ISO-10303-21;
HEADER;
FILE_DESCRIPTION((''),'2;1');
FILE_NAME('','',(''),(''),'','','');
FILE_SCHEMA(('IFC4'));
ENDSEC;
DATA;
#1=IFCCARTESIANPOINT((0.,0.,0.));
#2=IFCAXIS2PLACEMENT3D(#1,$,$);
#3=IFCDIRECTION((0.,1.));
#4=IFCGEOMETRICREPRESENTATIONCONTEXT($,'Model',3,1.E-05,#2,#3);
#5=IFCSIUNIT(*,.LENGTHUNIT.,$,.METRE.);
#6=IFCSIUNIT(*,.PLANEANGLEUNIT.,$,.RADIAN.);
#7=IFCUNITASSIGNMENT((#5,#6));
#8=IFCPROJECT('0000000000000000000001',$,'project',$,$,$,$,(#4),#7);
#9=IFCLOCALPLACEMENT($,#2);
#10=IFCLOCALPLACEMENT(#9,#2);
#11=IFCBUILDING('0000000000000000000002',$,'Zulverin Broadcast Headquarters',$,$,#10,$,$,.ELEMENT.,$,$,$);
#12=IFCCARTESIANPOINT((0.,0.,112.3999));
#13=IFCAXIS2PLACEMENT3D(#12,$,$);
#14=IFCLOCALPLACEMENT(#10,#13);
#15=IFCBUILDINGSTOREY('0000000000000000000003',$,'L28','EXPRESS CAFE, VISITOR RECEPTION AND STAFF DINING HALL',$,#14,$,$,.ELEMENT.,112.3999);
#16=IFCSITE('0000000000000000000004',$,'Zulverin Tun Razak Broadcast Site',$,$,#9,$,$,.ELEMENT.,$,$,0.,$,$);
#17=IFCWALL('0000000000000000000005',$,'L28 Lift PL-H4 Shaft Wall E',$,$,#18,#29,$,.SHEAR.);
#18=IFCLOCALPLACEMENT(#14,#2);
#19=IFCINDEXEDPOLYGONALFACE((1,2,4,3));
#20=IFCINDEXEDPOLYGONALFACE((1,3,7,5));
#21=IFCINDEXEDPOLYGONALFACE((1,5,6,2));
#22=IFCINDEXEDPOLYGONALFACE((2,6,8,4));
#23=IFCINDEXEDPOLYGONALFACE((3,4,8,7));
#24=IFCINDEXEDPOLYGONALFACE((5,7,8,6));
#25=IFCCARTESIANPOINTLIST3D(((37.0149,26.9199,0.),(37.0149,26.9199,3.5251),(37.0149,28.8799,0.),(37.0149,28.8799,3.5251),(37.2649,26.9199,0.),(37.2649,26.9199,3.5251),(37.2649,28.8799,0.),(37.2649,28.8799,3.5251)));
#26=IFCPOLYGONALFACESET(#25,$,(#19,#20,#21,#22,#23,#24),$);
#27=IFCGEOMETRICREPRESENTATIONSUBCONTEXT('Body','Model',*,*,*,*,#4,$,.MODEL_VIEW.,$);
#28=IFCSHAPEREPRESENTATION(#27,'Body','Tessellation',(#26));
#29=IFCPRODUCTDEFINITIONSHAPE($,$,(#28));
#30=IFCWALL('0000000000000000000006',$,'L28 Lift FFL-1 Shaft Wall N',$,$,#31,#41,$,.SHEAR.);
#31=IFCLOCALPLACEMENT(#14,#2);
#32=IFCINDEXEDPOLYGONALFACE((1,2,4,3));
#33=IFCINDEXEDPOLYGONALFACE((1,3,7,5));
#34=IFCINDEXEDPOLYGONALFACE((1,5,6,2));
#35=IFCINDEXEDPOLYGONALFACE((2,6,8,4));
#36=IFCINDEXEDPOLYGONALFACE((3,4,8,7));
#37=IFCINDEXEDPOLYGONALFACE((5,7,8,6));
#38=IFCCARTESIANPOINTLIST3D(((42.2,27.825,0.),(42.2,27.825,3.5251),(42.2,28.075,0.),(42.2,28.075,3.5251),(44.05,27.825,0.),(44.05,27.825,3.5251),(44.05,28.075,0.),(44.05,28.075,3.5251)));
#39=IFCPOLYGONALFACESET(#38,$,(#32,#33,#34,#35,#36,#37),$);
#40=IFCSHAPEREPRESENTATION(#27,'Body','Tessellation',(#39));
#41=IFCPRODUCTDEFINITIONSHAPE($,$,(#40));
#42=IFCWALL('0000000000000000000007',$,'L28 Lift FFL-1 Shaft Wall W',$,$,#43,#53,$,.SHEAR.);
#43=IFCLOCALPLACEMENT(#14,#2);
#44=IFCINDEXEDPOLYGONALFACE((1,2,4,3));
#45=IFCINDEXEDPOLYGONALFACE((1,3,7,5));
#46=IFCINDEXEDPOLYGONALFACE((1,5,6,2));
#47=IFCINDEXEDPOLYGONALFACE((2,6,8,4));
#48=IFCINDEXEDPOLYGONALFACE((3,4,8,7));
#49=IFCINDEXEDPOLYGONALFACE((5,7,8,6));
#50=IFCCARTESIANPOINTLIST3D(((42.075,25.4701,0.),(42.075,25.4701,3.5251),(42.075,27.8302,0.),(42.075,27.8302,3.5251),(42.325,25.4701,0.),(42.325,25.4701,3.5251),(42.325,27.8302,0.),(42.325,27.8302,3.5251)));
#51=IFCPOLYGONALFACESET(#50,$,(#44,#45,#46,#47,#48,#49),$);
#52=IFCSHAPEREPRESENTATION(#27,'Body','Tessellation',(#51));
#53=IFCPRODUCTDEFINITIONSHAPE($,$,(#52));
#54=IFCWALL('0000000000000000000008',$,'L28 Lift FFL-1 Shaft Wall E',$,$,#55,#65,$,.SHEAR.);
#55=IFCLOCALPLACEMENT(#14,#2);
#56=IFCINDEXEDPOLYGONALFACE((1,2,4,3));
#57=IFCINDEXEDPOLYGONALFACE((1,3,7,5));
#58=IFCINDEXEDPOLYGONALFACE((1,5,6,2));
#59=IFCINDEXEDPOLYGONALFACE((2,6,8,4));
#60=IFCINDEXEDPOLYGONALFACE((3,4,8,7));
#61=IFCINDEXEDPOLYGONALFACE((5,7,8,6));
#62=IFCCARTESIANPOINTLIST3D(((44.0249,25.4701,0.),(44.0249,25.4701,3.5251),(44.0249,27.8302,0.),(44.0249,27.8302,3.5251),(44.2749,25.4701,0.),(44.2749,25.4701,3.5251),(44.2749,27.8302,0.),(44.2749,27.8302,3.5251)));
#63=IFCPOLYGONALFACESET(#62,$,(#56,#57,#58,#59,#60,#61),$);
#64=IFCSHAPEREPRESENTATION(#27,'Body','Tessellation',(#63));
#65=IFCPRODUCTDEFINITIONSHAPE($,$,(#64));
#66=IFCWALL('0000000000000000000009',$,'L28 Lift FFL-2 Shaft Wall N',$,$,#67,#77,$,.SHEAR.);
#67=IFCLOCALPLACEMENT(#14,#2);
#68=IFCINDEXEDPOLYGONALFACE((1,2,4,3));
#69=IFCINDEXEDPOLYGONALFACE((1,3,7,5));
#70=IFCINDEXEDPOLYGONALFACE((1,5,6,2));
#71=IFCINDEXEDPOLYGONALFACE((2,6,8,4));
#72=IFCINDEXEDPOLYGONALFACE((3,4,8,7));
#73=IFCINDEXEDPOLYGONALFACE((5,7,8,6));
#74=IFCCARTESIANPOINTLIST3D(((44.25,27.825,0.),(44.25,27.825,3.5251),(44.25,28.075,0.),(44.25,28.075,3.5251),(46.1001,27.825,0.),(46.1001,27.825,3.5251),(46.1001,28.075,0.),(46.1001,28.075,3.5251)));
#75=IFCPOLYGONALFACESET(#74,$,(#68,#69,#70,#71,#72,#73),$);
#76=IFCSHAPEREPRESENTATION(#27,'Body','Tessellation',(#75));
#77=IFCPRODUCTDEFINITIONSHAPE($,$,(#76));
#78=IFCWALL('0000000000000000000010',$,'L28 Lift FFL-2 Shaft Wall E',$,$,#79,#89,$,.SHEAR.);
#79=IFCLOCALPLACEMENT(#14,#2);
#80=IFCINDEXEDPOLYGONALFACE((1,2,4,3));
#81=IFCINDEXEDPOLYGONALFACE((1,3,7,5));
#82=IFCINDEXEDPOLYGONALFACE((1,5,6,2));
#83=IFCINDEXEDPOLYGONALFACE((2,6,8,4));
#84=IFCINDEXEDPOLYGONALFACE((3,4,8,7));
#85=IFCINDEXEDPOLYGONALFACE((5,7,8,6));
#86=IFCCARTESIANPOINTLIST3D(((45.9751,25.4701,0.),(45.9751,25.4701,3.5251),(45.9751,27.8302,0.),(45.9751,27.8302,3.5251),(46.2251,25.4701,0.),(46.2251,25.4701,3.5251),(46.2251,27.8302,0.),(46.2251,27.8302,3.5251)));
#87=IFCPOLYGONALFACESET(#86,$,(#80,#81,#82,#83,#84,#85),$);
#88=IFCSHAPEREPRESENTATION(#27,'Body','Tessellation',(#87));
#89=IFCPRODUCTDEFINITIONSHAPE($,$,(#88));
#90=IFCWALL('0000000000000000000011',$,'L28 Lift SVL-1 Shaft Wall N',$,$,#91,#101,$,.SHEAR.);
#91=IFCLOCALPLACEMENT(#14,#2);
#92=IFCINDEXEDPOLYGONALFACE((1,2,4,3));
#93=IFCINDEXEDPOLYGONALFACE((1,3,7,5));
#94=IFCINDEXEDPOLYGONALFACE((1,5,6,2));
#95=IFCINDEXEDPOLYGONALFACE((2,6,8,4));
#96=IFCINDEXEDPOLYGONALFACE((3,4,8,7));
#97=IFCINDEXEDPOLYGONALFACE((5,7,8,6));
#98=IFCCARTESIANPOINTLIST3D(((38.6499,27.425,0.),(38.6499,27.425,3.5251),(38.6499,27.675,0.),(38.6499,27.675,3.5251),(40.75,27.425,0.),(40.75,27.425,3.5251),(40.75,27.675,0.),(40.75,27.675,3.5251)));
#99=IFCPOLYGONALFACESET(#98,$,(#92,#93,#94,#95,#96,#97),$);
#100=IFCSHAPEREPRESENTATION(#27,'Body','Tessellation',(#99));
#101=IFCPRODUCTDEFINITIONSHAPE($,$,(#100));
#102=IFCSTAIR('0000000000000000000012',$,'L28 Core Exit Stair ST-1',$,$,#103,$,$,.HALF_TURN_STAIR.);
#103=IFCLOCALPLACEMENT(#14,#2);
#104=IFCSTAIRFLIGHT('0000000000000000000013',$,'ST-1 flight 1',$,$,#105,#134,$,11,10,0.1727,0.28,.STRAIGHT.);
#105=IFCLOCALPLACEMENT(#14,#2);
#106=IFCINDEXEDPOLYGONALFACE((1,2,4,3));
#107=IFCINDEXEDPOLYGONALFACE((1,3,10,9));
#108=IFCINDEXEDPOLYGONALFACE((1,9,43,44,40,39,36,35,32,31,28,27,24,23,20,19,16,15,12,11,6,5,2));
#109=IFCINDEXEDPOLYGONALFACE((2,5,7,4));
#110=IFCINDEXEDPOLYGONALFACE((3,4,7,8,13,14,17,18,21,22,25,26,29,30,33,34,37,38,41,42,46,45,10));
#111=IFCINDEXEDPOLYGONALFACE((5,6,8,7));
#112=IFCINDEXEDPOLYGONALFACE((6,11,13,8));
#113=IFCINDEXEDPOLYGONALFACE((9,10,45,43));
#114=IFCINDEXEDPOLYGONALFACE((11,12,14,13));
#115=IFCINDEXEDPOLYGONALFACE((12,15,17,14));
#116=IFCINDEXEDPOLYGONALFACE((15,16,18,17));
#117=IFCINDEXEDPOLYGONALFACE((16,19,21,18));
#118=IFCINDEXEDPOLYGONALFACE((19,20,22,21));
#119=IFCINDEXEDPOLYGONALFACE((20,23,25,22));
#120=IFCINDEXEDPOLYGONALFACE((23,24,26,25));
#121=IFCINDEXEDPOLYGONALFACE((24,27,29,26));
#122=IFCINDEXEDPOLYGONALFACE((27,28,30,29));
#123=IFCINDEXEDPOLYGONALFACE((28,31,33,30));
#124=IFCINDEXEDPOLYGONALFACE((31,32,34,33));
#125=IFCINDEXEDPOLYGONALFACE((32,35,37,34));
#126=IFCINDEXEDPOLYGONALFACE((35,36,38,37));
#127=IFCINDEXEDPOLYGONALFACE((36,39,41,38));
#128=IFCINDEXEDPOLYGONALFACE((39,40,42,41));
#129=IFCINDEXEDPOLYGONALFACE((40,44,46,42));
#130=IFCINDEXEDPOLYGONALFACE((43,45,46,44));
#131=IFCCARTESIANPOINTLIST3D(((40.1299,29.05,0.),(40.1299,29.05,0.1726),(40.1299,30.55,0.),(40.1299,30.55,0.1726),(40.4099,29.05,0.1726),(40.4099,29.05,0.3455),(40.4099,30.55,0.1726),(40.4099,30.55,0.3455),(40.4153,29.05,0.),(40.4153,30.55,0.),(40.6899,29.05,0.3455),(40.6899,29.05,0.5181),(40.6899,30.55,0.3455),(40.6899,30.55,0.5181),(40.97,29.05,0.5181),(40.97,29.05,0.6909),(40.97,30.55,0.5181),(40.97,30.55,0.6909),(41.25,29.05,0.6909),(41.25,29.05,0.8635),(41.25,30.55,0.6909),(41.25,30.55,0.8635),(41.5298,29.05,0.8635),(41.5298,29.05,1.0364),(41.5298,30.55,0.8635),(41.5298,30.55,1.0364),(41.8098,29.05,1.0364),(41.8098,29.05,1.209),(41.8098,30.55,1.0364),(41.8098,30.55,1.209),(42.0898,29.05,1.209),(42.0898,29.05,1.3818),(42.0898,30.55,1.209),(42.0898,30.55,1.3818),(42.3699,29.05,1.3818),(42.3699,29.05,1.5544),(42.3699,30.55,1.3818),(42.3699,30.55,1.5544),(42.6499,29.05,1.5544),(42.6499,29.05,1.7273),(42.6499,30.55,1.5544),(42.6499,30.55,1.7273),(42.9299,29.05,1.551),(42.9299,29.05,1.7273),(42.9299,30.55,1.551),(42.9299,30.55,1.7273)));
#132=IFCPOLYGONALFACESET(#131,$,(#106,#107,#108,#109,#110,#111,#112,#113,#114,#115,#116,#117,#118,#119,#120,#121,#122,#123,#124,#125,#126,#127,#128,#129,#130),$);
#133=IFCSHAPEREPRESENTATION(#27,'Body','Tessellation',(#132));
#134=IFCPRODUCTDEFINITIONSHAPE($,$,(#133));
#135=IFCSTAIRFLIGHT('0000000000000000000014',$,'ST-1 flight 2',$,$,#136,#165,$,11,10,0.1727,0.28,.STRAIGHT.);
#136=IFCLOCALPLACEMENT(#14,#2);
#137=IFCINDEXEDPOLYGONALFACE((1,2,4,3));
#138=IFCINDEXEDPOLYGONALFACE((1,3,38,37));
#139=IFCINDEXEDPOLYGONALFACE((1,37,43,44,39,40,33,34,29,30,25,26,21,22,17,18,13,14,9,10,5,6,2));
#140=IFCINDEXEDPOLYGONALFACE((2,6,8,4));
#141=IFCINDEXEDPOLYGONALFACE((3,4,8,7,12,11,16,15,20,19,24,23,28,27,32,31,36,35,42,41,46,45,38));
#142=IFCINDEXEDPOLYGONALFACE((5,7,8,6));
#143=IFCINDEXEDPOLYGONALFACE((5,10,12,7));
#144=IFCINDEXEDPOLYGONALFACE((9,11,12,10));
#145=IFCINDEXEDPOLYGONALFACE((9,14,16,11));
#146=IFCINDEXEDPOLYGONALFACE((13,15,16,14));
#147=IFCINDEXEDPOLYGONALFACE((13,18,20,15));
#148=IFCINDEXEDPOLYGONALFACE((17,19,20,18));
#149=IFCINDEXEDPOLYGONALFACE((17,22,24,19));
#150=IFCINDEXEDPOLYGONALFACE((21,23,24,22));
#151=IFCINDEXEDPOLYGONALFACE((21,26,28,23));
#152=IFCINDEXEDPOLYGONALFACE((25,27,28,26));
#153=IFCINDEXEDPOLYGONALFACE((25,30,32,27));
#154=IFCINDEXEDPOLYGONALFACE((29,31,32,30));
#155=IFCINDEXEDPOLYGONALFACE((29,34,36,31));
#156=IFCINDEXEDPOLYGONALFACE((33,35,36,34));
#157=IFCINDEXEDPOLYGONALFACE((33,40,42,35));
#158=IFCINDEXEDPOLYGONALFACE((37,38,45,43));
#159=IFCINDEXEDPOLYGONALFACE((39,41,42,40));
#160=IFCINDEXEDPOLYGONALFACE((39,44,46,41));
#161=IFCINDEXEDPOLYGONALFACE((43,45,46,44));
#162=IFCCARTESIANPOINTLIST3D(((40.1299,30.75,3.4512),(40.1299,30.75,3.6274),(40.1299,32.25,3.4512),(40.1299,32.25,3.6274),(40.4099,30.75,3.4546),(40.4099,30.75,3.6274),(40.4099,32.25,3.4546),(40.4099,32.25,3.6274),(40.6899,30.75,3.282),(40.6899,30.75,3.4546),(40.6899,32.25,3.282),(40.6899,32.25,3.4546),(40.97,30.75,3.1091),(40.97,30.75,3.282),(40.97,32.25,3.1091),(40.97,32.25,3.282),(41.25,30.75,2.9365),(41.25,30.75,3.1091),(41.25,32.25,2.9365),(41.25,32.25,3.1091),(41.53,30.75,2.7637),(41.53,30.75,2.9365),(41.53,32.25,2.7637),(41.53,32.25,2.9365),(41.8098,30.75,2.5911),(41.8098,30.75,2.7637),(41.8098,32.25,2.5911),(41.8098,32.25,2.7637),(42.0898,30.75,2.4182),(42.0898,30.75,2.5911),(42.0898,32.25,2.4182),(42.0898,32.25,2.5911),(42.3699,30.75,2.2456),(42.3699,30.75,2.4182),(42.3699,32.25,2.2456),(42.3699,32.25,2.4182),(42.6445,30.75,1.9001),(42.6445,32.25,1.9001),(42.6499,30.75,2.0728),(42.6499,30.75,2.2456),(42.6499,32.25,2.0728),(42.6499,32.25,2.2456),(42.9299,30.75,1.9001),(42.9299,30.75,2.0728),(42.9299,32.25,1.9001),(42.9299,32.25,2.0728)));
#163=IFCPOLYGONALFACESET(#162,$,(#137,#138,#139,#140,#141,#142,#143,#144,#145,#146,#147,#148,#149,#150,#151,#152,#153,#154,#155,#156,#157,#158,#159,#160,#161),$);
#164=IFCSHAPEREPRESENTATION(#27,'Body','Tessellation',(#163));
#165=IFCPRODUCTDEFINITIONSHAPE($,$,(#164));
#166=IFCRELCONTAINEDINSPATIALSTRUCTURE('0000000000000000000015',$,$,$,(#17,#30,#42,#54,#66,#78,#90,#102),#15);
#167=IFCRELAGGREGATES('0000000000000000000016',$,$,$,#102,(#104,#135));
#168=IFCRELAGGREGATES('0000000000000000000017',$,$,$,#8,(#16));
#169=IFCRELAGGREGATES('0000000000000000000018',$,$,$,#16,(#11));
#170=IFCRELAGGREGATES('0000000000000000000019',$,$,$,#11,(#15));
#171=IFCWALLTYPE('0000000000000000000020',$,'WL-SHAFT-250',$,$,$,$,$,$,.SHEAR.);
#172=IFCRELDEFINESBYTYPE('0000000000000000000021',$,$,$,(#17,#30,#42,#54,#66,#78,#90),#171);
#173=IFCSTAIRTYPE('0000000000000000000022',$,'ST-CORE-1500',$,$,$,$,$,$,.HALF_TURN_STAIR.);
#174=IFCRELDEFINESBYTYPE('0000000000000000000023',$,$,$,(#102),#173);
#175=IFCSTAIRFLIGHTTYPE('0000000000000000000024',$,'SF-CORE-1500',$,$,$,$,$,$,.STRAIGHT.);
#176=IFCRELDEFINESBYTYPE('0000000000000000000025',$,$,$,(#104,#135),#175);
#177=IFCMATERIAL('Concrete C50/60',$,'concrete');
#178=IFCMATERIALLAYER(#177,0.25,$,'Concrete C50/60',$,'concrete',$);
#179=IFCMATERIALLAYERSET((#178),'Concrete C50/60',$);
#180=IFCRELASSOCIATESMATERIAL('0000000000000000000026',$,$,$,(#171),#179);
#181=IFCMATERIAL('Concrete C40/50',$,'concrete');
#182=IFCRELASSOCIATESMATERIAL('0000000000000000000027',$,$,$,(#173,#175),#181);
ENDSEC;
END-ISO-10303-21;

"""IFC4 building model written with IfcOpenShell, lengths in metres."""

from ifc_helpers import new_model, si_unit, direction, frame, frame_2d, origin, place, context, subcontext, project, spatial, polyline, rectangle, outline, extrude, material, layer, layer_set, type_object, element, aggregate, save


model = new_model("IFC4")

# Units and contexts
model_context = context("Model", 3, precision=1e-05, world=origin(), true_north=direction((0.0, 1.0)))
body_context = subcontext(model_context, "Body", "Model", "MODEL_VIEW")
ifc_project = project(units=[si_unit("LENGTHUNIT", "METRE"), si_unit("PLANEANGLEUNIT", "RADIAN")], contexts=[model_context])

# Site, building, storey
site_placement = place(None, origin())
site = spatial("IfcSite", under=ifc_project, at=site_placement, Name="Zulverin Tun Razak Broadcast Site", CompositionType="ELEMENT", RefElevation=0.0)
building_placement = place(site_placement, origin())
building = spatial("IfcBuilding", under=site, at=building_placement, Name="Zulverin Broadcast Headquarters", CompositionType="ELEMENT")
storey_placement = place(building_placement, frame((0.0, 0.0, 112.3999)))
storey = spatial("IfcBuildingStorey", under=building, at=storey_placement, Name="L28", Description="EXPRESS CAFE, VISITOR RECEPTION AND STAFF DINING HALL", CompositionType="ELEMENT", Elevation=112.3999)

# Shared definitions
ifc_material_1 = material(Name="Concrete C40/50", Category="concrete")

# Shared definitions
ifc_material_2 = material(Name="Concrete C50/60", Category="concrete")
ifc_layer_1 = layer(ifc_material_2, 0.25, Name="Concrete C50/60", Category="concrete")
ifc_layer_set_1 = layer_set([ifc_layer_1], Name="Concrete C50/60")
wall_type_1 = type_object("IfcWallType", Name="WL-SHAFT-250", PredefinedType="SHEAR", material=ifc_layer_set_1)

# Walls
wall_1_placement = place(storey_placement, frame((37.1399, 26.9199, 0.0), z_axis=(0.0, 0.0, 1.0), x_axis=(0.0, 1.0, 0.0)))
element("IfcWall", 1, at=wall_1_placement, inside=storey, type_object=wall_type_1, Name="L28 Lift PL-H4 Shaft Wall E", PredefinedType="SHEAR", context=body_context, shape_type="SweptSolid", body=[
    extrude(rectangle(XDim=1.96, YDim=0.25, at=frame_2d((0.98, 0.0))), origin(), (0.0, 0.0, 1.0), 3.5251),
])
wall_2_placement = place(storey_placement, frame((42.2, 27.95, 0.0), z_axis=(0.0, 0.0, 1.0), x_axis=(1.0, 0.0, 0.0)))
element("IfcWall", 2, at=wall_2_placement, inside=storey, type_object=wall_type_1, Name="L28 Lift FFL-1 Shaft Wall N", PredefinedType="SHEAR", context=body_context, shape_type="SweptSolid", body=[
    extrude(rectangle(XDim=1.8501, YDim=0.25, at=frame_2d((0.925, 0.0))), origin(), (0.0, 0.0, 1.0), 3.5251),
])
for number, where, z_axis, x_axis, name in (
    (3, (42.2, 25.47, 0.0), (0.0, 0.0, 1.0), (0.0, 1.0, 0.0), "L28 Lift FFL-1 Shaft Wall W"),
    (4, (44.1499, 25.47, 0.0), (0.0, 0.0, 1.0), (0.0, 1.0, 0.0), "L28 Lift FFL-1 Shaft Wall E"),
):
    element("IfcWall", number, at=place(storey_placement, frame(where, z_axis=z_axis, x_axis=x_axis)), inside=storey, type_object=wall_type_1, Name=name, PredefinedType="SHEAR", context=body_context, shape_type="SweptSolid", body=[
        extrude(rectangle(XDim=2.3601, YDim=0.25, at=frame_2d((1.1802, 0.0))), origin(), (0.0, 0.0, 1.0), 3.5251),
    ])
wall_3_placement = place(storey_placement, frame((44.25, 27.95, 0.0), z_axis=(0.0, 0.0, 1.0), x_axis=(1.0, 0.0, 0.0)))
element("IfcWall", 5, at=wall_3_placement, inside=storey, type_object=wall_type_1, Name="L28 Lift FFL-2 Shaft Wall N", PredefinedType="SHEAR", context=body_context, shape_type="SweptSolid", body=[
    extrude(rectangle(XDim=1.8501, YDim=0.25, at=frame_2d((0.925, 0.0))), origin(), (0.0, 0.0, 1.0), 3.5251),
])
wall_4_placement = place(storey_placement, frame((46.1001, 25.47, 0.0), z_axis=(0.0, 0.0, 1.0), x_axis=(0.0, 1.0, 0.0)))
element("IfcWall", 6, at=wall_4_placement, inside=storey, type_object=wall_type_1, Name="L28 Lift FFL-2 Shaft Wall E", PredefinedType="SHEAR", context=body_context, shape_type="SweptSolid", body=[
    extrude(rectangle(XDim=2.3601, YDim=0.25, at=frame_2d((1.1802, 0.0))), origin(), (0.0, 0.0, 1.0), 3.5251),
])
wall_5_placement = place(storey_placement, frame((38.6499, 27.55, 0.0), z_axis=(0.0, 0.0, 1.0), x_axis=(1.0, 0.0, 0.0)))
element("IfcWall", 7, at=wall_5_placement, inside=storey, type_object=wall_type_1, Name="L28 Lift SVL-1 Shaft Wall N", PredefinedType="SHEAR", context=body_context, shape_type="SweptSolid", body=[
    extrude(rectangle(XDim=2.1001, YDim=0.25, at=frame_2d((1.05, 0.0))), origin(), (0.0, 0.0, 1.0), 3.5251),
])

# Stair, stair flights
stair_type = type_object("IfcStairType", Name="ST-CORE-1500", PredefinedType="HALF_TURN_STAIR", material=ifc_material_1)
stair_placement = place(storey_placement, origin())
stair = element("IfcStair", 8, at=stair_placement, inside=storey, type_object=stair_type, Name="L28 Core Exit Stair ST-1", PredefinedType="HALF_TURN_STAIR")
stair_flight_type = type_object("IfcStairFlightType", Name="SF-CORE-1500", PredefinedType="STRAIGHT", material=ifc_material_1)
stair_flight_1_placement = place(storey_placement, frame((40.1299, 29.8, 0.0), z_axis=(0.0, 0.0, 1.0), x_axis=(1.0, 0.0, 0.0)))
stair_flight_1 = element("IfcStairFlight", 9, at=stair_flight_1_placement, type_object=stair_flight_type, Name="ST-1 flight 1", NumberOfRisers=11, NumberOfTreads=10, PredefinedType="STRAIGHT", RiserHeight=0.1727, TreadLength=0.28, context=body_context, shape_type="SweptSolid", body=[
    extrude(outline(polyline([(0.0, 0.0), (0.0, 0.1726), (0.28, 0.1726), (0.28, 0.3455), (0.5601, 0.3455), (0.5601, 0.5181), (0.8401, 0.5181), (0.8401, 0.6909), (1.1201, 0.6909), (1.1201, 0.8635), (1.3999, 0.8635), (1.3999, 1.0364), (1.6799, 1.0364), (1.6799, 1.209), (1.96, 1.209), (1.96, 1.3818), (2.24, 1.3818), (2.24, 1.5544), (2.52, 1.5544), (2.52, 1.7273), (2.8, 1.7273), (2.8, 1.8999), (2.8, 1.551), (0.2854, 0.0), (0.0, 0.0)])), frame((0.0, 0.75, 0.0), z_axis=(0.0, -1.0, 0.0), x_axis=(1.0, 0.0, 0.0)), (0.0, 0.0, 1.0), 1.5),
])
stair_flight_2_placement = place(storey_placement, frame((42.9299, 31.5, 1.9001), z_axis=(0.0, 0.0, 1.0), x_axis=(-1.0, 0.0, 0.0)))
stair_flight_2 = element("IfcStairFlight", 10, at=stair_flight_2_placement, type_object=stair_flight_type, Name="ST-1 flight 2", NumberOfRisers=11, NumberOfTreads=10, PredefinedType="STRAIGHT", RiserHeight=0.1727, TreadLength=0.28, context=body_context, shape_type="SweptSolid", body=[
    extrude(outline(polyline([(0.0, 0.0), (0.0, 0.1726), (0.28, 0.1726), (0.28, 0.3455), (0.5601, 0.3455), (0.5601, 0.5181), (0.8401, 0.5181), (0.8401, 0.6909), (1.1201, 0.6909), (1.1201, 0.8635), (1.3999, 0.8635), (1.3999, 1.0364), (1.6799, 1.0364), (1.6799, 1.209), (1.96, 1.209), (1.96, 1.3818), (2.24, 1.3818), (2.24, 1.5544), (2.52, 1.5544), (2.52, 1.7273), (2.8, 1.7273), (2.8, 1.8999), (2.8, 1.551), (0.2854, 0.0), (0.0, 0.0)])), frame((0.0, 0.75, 0.0), z_axis=(0.0, -1.0, 0.0), x_axis=(1.0, 0.0, 0.0)), (0.0, 0.0, 1.0), 1.5),
])
aggregate(stair, [stair_flight_1, stair_flight_2])

save(model, "model.ifc")
